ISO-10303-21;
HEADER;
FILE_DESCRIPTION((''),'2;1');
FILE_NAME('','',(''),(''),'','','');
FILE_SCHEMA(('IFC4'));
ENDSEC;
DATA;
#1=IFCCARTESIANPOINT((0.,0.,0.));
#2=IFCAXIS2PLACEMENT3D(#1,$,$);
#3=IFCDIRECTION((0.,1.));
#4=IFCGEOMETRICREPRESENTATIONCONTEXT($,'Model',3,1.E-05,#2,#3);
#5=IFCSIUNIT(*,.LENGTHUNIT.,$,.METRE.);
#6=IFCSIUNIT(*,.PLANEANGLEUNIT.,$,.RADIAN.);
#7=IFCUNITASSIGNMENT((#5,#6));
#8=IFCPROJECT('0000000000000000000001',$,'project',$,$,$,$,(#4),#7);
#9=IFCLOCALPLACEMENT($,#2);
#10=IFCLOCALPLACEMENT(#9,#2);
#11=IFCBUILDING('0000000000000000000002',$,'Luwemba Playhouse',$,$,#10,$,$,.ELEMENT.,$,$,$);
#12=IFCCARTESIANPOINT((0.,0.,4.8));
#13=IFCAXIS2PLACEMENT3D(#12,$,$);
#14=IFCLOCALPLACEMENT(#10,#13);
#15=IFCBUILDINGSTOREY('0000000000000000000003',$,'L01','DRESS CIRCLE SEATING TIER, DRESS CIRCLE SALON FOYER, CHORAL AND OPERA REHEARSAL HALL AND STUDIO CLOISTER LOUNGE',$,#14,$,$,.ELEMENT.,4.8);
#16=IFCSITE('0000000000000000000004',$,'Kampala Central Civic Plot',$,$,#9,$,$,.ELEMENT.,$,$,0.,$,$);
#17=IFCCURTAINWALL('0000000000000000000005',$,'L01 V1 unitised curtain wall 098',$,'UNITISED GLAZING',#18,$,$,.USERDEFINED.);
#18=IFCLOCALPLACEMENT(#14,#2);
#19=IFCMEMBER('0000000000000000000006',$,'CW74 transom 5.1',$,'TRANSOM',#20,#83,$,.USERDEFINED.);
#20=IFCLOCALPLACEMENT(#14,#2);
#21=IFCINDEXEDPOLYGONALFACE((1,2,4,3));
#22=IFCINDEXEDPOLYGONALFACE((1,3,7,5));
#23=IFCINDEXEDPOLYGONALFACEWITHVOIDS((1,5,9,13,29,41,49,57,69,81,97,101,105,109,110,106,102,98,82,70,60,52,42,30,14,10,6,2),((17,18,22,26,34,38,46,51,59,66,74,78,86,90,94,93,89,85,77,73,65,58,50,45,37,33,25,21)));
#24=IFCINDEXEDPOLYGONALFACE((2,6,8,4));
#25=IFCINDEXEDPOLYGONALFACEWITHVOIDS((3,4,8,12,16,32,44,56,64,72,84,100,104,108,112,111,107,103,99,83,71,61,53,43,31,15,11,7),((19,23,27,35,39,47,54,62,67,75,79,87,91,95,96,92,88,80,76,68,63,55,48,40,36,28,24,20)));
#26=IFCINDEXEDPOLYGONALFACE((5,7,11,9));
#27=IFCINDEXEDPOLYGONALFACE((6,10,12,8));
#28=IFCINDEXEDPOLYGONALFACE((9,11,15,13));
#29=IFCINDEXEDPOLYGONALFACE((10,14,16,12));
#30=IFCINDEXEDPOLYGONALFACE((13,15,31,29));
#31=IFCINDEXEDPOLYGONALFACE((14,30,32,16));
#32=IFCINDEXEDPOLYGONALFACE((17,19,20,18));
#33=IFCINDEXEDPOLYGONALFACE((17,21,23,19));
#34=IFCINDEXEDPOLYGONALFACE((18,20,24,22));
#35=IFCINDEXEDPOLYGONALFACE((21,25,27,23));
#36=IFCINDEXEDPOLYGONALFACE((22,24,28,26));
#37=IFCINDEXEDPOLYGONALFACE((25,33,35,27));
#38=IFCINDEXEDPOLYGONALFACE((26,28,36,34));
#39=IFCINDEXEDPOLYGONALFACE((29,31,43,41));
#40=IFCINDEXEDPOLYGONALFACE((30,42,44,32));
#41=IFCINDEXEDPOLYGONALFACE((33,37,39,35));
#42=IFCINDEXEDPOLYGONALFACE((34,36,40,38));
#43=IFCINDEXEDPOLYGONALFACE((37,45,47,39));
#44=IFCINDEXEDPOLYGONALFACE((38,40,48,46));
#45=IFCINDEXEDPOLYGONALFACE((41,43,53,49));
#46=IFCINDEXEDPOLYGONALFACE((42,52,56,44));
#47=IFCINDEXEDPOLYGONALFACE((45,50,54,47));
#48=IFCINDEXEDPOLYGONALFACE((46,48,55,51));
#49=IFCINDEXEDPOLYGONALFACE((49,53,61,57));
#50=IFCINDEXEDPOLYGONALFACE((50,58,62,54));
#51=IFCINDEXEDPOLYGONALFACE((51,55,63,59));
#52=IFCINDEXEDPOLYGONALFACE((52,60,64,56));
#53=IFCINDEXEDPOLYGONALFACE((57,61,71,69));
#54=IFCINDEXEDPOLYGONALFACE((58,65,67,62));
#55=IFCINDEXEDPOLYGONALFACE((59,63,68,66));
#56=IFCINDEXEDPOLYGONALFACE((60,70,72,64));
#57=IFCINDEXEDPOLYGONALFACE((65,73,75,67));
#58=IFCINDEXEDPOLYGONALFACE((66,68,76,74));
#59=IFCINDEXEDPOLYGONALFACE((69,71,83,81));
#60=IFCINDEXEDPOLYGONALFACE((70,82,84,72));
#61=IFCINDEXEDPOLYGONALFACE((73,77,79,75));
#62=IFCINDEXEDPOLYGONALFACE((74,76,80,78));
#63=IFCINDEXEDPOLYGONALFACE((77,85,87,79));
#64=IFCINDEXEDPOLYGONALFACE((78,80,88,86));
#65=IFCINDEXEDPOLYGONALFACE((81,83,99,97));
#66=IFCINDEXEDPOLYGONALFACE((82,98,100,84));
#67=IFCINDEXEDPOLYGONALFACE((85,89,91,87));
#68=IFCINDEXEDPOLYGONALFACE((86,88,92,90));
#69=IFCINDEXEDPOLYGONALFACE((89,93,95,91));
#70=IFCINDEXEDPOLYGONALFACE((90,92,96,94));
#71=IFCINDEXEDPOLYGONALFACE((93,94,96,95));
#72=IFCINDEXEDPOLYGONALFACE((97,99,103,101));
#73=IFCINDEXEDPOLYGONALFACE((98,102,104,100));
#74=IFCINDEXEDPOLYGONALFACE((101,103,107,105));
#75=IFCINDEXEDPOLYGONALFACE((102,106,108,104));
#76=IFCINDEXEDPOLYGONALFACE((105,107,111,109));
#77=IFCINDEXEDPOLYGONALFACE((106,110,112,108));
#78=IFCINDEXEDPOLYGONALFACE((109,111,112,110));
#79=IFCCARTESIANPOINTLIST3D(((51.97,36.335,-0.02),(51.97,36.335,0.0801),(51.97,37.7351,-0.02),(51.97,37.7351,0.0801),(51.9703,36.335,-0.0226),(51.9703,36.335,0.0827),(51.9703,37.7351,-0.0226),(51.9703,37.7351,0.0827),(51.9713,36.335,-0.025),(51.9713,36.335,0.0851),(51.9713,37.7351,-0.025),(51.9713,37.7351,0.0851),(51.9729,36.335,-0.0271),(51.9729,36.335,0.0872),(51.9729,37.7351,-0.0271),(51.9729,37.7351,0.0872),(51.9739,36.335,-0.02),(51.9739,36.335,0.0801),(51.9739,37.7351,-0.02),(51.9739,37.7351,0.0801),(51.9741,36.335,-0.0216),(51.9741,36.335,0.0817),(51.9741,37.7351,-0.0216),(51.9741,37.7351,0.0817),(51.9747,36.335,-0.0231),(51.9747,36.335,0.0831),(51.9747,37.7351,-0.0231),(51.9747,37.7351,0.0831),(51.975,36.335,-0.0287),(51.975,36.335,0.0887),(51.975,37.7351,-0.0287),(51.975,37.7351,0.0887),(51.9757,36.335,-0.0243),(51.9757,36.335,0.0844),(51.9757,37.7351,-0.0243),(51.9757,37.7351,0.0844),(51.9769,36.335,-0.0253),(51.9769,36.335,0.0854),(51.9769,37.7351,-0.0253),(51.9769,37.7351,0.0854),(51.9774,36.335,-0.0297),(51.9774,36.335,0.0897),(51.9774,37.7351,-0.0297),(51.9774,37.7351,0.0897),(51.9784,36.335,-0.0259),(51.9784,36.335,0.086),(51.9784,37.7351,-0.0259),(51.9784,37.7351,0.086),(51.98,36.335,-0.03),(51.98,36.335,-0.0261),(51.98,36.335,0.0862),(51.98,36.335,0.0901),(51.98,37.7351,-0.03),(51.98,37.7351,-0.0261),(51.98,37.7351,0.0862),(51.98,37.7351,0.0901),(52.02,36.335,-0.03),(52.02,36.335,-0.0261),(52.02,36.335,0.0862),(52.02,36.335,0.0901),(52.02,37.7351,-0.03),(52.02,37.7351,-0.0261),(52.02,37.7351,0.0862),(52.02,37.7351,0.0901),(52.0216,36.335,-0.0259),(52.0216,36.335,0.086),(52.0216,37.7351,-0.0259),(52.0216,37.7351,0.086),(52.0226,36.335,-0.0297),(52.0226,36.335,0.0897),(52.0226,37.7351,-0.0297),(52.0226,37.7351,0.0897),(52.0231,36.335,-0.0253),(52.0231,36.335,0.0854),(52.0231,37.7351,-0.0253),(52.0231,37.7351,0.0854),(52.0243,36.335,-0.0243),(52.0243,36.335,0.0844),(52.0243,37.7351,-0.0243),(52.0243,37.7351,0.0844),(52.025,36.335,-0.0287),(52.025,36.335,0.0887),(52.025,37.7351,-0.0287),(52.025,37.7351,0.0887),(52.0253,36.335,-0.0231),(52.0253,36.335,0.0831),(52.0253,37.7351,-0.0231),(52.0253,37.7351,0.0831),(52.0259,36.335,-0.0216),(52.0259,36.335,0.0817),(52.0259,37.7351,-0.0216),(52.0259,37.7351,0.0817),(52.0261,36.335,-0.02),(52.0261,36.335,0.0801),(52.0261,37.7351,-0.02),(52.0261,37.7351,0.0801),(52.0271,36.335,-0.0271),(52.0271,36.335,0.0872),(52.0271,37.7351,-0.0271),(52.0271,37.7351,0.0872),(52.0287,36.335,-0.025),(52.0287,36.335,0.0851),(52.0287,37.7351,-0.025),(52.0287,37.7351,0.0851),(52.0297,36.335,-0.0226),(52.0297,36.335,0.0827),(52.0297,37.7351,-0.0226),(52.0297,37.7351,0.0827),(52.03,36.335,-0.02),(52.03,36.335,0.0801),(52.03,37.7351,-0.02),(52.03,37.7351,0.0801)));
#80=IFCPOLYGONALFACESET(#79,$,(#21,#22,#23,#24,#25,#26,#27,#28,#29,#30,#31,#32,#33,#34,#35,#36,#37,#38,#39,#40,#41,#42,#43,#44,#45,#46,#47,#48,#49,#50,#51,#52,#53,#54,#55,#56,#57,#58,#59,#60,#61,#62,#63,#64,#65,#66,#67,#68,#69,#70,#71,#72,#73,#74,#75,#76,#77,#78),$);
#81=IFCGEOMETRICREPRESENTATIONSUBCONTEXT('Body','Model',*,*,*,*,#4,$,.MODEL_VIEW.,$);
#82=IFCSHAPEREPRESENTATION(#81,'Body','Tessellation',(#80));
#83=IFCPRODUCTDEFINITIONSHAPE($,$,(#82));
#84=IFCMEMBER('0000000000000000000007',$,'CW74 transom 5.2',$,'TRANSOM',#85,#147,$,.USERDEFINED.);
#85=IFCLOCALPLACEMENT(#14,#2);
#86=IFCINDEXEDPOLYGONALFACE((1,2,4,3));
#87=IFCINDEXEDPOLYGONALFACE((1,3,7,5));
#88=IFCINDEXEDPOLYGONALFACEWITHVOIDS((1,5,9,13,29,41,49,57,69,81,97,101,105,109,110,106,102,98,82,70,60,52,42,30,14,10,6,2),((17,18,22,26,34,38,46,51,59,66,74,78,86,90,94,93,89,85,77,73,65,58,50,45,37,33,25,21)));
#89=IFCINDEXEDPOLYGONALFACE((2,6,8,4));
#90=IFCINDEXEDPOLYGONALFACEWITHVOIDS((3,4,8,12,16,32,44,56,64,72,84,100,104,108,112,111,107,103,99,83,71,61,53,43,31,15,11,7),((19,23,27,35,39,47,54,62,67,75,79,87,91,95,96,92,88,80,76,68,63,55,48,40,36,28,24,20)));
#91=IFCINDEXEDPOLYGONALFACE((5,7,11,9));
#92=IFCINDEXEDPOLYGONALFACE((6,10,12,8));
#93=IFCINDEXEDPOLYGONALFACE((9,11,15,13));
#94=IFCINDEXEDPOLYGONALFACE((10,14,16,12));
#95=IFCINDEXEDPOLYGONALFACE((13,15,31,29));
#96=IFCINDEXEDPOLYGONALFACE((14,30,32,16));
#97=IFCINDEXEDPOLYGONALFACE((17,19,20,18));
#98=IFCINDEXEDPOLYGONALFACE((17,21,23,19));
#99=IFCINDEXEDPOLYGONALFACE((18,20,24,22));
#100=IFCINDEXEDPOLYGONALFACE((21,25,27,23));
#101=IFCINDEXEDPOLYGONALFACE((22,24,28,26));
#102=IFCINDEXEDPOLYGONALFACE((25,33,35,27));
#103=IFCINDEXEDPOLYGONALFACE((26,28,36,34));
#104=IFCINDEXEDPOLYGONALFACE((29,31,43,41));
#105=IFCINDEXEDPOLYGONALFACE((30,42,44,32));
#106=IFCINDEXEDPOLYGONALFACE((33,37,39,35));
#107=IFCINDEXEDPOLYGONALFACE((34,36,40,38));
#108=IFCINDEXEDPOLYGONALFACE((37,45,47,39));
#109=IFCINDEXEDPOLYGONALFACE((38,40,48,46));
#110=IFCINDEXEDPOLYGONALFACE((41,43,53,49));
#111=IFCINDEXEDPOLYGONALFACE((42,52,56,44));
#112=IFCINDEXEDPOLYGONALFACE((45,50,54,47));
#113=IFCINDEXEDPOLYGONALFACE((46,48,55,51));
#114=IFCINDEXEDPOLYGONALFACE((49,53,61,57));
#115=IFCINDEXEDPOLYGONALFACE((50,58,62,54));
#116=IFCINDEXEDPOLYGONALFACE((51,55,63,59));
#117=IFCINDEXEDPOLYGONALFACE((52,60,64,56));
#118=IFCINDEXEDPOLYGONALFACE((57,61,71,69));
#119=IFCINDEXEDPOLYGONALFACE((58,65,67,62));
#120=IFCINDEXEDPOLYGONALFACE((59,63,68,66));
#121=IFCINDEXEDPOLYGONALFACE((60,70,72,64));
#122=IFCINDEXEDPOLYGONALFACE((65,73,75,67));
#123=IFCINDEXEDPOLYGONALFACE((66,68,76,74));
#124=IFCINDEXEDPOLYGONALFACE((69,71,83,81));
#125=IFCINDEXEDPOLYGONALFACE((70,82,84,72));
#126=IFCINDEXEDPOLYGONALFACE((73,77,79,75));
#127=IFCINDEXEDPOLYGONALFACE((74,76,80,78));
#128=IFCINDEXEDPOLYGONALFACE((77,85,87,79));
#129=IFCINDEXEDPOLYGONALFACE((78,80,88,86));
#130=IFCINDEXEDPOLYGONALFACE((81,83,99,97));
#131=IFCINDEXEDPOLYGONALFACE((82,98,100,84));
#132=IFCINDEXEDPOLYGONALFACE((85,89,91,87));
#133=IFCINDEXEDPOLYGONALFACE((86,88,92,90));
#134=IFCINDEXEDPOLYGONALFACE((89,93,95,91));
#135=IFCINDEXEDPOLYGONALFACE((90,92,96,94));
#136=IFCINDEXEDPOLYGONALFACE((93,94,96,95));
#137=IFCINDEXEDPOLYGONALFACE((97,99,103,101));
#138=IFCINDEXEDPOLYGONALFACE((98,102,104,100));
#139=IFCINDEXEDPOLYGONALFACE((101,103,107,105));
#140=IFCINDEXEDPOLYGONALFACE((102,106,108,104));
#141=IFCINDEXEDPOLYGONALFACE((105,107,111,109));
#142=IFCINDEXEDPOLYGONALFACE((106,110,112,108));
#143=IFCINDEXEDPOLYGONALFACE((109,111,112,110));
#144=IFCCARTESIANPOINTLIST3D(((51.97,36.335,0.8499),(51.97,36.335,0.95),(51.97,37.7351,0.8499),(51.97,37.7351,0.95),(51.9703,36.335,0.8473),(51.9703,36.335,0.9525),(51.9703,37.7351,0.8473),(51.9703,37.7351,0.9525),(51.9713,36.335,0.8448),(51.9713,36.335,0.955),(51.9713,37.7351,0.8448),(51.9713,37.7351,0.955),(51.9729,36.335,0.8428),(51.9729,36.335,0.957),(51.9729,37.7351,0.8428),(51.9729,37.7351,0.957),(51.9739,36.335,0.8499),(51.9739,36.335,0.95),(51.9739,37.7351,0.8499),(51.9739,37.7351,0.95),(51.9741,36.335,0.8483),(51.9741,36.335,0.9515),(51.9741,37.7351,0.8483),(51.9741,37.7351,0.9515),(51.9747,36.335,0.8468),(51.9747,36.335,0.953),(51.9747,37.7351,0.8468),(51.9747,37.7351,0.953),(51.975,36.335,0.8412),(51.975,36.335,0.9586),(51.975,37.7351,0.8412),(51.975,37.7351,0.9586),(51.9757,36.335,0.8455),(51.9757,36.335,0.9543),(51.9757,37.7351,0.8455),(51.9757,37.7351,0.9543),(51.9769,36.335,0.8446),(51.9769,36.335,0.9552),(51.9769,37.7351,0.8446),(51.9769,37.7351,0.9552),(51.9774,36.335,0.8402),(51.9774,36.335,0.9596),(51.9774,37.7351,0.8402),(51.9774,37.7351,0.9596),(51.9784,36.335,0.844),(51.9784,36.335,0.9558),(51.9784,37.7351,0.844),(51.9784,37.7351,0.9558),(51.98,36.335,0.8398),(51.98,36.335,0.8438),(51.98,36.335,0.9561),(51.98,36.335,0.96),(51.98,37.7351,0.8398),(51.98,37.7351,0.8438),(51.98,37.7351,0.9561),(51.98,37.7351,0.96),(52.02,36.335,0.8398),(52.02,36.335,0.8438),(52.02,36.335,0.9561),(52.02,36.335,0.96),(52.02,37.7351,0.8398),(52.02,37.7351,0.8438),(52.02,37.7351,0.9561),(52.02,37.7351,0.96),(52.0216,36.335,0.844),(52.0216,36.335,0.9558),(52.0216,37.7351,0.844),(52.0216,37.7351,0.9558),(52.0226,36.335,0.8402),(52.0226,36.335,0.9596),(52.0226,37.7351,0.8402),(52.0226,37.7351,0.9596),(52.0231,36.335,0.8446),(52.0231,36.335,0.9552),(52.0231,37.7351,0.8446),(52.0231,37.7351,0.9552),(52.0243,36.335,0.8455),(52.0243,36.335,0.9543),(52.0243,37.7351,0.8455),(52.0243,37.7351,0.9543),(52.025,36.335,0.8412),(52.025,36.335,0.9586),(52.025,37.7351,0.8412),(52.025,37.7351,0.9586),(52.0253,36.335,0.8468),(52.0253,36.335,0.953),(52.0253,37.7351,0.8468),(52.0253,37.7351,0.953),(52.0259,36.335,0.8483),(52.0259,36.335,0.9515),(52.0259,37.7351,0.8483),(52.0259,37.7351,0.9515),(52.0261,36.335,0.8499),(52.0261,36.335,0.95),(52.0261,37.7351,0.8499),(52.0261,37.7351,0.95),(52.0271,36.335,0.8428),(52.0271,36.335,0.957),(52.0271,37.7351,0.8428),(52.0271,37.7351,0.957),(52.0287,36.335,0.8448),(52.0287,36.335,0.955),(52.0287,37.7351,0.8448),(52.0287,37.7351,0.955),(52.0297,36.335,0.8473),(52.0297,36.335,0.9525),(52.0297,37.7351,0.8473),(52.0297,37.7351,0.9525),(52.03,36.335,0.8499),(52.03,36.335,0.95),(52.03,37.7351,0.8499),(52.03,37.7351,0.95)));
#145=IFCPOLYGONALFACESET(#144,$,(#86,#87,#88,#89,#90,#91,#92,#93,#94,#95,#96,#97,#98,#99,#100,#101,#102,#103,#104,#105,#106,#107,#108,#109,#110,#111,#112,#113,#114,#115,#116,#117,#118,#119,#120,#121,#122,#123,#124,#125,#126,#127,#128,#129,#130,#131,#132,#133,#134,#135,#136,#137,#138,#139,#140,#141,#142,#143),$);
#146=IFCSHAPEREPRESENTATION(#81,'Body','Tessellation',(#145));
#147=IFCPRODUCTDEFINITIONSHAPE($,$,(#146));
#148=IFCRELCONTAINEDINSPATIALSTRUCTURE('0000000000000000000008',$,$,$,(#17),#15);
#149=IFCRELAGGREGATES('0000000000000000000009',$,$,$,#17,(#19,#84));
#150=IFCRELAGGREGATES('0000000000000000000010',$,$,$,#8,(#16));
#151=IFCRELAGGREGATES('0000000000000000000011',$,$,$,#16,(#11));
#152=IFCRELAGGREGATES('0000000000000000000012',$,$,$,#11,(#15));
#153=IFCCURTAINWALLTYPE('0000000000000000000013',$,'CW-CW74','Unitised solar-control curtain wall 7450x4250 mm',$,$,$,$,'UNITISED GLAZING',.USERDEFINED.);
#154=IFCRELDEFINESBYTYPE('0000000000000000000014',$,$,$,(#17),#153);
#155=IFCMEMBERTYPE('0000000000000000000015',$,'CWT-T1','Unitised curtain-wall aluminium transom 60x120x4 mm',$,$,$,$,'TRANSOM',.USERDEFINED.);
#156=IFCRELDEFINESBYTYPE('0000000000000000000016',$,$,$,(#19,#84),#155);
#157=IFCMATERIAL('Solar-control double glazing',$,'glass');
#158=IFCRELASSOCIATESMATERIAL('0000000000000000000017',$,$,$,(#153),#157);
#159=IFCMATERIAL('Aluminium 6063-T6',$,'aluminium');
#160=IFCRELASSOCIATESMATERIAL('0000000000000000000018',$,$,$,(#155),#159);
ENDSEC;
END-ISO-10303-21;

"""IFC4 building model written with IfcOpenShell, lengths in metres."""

from ifc_helpers import new_model, si_unit, direction, frame, origin, origin_2d, place, context, subcontext, project, spatial, hollow_rectangle, extrude, material, material_profile, profile_set, type_object, element, aggregate, save


model = new_model("IFC4")

# Units and contexts
model_context = context("Model", 3, precision=1e-05, world=origin(), true_north=direction((0.0, 1.0)))
body_context = subcontext(model_context, "Body", "Model", "MODEL_VIEW")
ifc_project = project(units=[si_unit("LENGTHUNIT", "METRE"), si_unit("PLANEANGLEUNIT", "RADIAN")], contexts=[model_context])

# Site, building, storey
site_placement = place(None, origin())
site = spatial("IfcSite", under=ifc_project, at=site_placement, Name="Kampala Central Civic Plot", CompositionType="ELEMENT", RefElevation=0.0)
building_placement = place(site_placement, origin())
building = spatial("IfcBuilding", under=site, at=building_placement, Name="Luwemba Playhouse", CompositionType="ELEMENT")
storey_placement = place(building_placement, frame((0.0, 0.0, 4.8)))
storey = spatial("IfcBuildingStorey", under=building, at=storey_placement, Name="L01", Description="DRESS CIRCLE SEATING TIER, DRESS CIRCLE SALON FOYER, CHORAL AND OPERA REHEARSAL HALL AND STUDIO CLOISTER LOUNGE", CompositionType="ELEMENT", Elevation=4.8)

# Curtain wall
ifc_material_1 = material(Name="Solar-control double glazing", Category="glass")
curtain_wall_type_1 = type_object("IfcCurtainWallType", Name="CW-CW74", Description="Unitised solar-control curtain wall 7450x4250 mm", ElementType="UNITISED GLAZING", PredefinedType="USERDEFINED", material=ifc_material_1)
curtain_wall_1_placement = place(storey_placement, origin())
curtain_wall_1 = element("IfcCurtainWall", 1, at=curtain_wall_1_placement, inside=storey, type_object=curtain_wall_type_1, Name="L01 V1 unitised curtain wall 098", ObjectType="UNITISED GLAZING", PredefinedType="USERDEFINED")
ifc_material_2 = material(Name="Aluminium 6063-T6", Category="aluminium")

# Members
ifc_material_profile_1 = material_profile(ifc_material_2, hollow_rectangle(XDim=0.0601, YDim=0.1201, WallThickness=0.0039, InnerFilletRadius=0.0061, OuterFilletRadius=0.01, at=origin_2d()))
ifc_profile_set_1 = profile_set([ifc_material_profile_1], Name="Aluminium 6063-T6")
member_type_1 = type_object("IfcMemberType", Name="CWT-T1", Description="Unitised curtain-wall aluminium transom 60x120x4 mm", ElementType="TRANSOM", PredefinedType="USERDEFINED", material=ifc_profile_set_1)
member_1_placement = place(storey_placement, frame((52.0, 37.7351, 0.03), z_axis=(0.0, -1.0, 0.0), x_axis=(1.0, 0.0, 0.0)))
member_1 = element("IfcMember", 2, at=member_1_placement, type_object=member_type_1, Name="CW74 transom 5.1", ObjectType="TRANSOM", PredefinedType="USERDEFINED", context=body_context, shape_type="SweptSolid", body=[
    extrude(hollow_rectangle(XDim=0.0601, YDim=0.1201, WallThickness=0.0039, InnerFilletRadius=0.0061, OuterFilletRadius=0.01, at=origin_2d()), origin(), (0.0, 0.0, 1.0), 1.4001),
])
member_2_placement = place(storey_placement, frame((52.0, 37.7351, 0.8999), z_axis=(0.0, -1.0, 0.0), x_axis=(1.0, 0.0, 0.0)))
member_2 = element("IfcMember", 3, at=member_2_placement, type_object=member_type_1, Name="CW74 transom 5.2", ObjectType="TRANSOM", PredefinedType="USERDEFINED", context=body_context, shape_type="SweptSolid", body=[
    extrude(hollow_rectangle(XDim=0.0601, YDim=0.1201, WallThickness=0.0039, InnerFilletRadius=0.0061, OuterFilletRadius=0.01, at=origin_2d()), origin(), (0.0, 0.0, 1.0), 1.4001),
])

aggregate(curtain_wall_1, [member_1, member_2])

save(model, "model.ifc")
